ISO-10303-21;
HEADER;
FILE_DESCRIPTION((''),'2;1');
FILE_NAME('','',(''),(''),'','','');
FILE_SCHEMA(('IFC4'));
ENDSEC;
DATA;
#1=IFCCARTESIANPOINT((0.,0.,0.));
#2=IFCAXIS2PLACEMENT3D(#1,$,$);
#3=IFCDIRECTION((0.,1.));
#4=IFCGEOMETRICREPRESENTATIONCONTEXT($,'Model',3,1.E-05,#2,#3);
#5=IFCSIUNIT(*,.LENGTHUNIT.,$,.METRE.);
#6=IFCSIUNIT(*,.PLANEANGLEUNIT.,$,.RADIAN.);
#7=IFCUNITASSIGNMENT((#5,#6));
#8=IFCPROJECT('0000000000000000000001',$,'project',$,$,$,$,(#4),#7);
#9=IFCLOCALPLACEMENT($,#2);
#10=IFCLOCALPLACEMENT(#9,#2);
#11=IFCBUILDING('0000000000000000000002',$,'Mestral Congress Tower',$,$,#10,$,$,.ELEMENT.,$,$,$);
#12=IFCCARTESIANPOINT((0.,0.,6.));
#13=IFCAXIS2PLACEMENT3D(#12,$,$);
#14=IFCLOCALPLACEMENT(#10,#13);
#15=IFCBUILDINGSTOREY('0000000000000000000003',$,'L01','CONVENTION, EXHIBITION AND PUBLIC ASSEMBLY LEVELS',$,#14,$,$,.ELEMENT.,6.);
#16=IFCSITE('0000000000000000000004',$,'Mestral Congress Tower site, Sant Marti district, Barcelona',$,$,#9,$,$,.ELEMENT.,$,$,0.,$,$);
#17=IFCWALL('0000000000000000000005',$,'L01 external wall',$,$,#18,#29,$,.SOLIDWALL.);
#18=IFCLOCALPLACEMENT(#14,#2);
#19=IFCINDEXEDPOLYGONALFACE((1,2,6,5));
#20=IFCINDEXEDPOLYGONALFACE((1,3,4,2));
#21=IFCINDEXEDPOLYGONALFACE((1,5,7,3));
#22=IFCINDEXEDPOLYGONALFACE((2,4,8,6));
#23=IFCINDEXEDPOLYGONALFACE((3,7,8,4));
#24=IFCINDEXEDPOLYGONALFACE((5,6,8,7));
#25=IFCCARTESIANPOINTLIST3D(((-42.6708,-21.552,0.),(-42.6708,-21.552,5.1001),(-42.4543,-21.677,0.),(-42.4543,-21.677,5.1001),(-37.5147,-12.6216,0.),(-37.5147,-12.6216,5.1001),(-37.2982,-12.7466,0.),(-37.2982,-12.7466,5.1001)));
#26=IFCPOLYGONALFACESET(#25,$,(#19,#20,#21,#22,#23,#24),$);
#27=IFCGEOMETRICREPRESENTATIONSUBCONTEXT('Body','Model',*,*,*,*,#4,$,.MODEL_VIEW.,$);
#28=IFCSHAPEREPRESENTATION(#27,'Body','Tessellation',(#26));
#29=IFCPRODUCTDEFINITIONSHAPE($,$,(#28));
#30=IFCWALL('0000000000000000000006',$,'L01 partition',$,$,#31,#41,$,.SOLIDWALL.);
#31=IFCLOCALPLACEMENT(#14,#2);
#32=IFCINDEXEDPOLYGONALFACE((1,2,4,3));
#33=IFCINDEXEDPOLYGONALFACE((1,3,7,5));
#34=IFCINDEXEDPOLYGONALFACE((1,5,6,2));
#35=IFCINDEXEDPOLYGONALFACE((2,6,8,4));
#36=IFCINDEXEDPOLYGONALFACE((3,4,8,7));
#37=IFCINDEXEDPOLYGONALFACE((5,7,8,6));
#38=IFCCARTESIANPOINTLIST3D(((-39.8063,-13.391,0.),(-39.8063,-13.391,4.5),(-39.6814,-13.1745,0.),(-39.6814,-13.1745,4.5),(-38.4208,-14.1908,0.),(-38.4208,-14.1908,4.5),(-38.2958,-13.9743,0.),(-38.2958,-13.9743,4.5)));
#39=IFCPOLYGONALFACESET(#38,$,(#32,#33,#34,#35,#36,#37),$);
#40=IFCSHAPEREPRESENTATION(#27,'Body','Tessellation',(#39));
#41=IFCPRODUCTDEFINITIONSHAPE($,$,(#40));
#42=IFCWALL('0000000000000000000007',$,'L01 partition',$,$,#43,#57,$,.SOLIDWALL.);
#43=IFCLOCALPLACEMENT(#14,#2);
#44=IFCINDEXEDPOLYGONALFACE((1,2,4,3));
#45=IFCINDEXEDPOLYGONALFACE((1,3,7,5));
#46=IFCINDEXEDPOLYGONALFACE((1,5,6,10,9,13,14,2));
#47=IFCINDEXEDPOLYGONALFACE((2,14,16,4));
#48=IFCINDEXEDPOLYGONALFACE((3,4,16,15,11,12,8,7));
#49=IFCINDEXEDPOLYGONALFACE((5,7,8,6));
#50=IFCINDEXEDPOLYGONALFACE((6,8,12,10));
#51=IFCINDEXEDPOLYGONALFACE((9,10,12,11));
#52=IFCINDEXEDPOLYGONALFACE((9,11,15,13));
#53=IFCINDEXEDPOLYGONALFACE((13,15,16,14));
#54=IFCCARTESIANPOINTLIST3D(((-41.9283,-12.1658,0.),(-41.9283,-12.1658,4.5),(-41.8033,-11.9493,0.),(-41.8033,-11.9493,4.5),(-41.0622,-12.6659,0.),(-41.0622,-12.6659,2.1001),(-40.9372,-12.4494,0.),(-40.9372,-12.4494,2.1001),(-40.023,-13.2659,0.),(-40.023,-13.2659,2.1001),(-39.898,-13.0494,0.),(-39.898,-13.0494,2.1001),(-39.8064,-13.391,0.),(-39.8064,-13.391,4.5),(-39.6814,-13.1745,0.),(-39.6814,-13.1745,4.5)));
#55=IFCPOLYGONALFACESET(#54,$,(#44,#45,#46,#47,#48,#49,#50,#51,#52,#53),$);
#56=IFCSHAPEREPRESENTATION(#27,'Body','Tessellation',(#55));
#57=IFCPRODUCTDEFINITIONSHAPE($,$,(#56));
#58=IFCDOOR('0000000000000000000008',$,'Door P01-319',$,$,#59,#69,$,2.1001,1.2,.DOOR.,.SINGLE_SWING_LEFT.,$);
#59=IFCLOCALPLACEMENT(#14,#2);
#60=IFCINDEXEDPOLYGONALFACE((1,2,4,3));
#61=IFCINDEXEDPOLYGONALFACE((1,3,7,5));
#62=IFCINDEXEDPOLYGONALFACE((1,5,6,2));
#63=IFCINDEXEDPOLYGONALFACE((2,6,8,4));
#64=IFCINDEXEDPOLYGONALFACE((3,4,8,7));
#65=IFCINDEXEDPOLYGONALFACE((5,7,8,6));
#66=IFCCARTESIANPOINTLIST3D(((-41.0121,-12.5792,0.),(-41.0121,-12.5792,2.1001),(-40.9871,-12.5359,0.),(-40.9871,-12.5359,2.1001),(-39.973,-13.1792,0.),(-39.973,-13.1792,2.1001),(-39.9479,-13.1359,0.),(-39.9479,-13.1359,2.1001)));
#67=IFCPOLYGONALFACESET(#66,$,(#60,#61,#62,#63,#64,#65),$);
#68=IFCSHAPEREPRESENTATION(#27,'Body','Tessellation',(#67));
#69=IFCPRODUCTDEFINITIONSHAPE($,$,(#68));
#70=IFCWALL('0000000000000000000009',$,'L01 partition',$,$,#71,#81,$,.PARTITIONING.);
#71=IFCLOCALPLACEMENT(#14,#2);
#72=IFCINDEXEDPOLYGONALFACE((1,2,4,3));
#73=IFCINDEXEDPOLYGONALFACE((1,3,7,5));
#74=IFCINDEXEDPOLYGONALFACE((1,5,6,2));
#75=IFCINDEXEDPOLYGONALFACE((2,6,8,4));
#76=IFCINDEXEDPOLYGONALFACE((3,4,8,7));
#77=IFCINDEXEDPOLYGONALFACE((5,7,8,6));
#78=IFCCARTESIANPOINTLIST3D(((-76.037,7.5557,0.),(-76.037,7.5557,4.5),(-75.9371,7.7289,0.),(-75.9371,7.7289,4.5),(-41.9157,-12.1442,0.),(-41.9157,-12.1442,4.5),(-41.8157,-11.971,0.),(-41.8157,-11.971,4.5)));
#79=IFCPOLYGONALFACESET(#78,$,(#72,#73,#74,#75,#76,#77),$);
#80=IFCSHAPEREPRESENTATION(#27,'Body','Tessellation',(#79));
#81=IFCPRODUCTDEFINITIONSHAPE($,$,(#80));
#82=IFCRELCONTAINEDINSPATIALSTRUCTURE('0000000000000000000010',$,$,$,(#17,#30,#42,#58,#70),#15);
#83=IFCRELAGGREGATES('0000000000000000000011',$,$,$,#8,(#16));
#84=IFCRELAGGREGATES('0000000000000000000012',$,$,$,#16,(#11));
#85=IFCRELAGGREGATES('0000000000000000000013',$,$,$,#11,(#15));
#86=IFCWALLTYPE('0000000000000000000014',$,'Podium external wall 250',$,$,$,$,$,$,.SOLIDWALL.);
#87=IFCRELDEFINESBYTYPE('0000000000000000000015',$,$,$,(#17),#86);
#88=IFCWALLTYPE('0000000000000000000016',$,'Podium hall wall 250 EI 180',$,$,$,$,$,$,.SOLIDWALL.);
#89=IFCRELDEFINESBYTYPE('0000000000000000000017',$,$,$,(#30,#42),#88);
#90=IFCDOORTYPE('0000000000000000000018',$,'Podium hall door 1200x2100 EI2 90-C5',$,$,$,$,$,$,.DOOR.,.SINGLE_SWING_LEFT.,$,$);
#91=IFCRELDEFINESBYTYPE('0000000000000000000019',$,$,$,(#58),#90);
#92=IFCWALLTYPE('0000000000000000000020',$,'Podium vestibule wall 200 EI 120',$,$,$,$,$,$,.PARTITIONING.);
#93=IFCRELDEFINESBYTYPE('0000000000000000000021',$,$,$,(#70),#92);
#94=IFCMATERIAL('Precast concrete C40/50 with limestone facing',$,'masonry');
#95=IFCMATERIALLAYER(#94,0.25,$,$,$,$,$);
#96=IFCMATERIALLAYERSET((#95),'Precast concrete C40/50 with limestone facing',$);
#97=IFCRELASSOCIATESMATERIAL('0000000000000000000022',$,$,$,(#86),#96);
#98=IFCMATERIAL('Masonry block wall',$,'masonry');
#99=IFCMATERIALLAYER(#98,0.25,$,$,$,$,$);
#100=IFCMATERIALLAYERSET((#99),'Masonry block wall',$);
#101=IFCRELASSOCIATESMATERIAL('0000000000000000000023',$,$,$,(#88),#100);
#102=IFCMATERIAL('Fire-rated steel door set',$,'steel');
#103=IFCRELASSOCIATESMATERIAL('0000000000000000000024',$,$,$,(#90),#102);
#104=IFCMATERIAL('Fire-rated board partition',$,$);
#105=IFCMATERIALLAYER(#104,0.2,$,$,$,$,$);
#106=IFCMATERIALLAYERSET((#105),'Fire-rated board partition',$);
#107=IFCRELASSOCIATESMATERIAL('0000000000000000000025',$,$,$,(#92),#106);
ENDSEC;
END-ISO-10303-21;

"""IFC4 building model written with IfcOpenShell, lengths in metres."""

from ifc_helpers import new_model, si_unit, direction, frame, frame_2d, origin, place, context, subcontext, project, spatial, rectangle, extrude, material, layer, layer_set, type_object, element, fill, save


model = new_model("IFC4")

# Units and contexts
model_context = context("Model", 3, precision=1e-05, world=origin(), true_north=direction((0.0, 1.0)))
body_context = subcontext(model_context, "Body", "Model", "MODEL_VIEW")
ifc_project = project(units=[si_unit("LENGTHUNIT", "METRE"), si_unit("PLANEANGLEUNIT", "RADIAN")], contexts=[model_context])

# Site, building, storey
site_placement = place(None, origin())
site = spatial("IfcSite", under=ifc_project, at=site_placement, Name="Mestral Congress Tower site, Sant Marti district, Barcelona", CompositionType="ELEMENT", RefElevation=0.0)
building_placement = place(site_placement, origin())
building = spatial("IfcBuilding", under=site, at=building_placement, Name="Mestral Congress Tower", CompositionType="ELEMENT")
storey_placement = place(building_placement, frame((0.0, 0.0, 6.0)))
storey = spatial("IfcBuildingStorey", under=building, at=storey_placement, Name="L01", Description="CONVENTION, EXHIBITION AND PUBLIC ASSEMBLY LEVELS", CompositionType="ELEMENT", Elevation=6.0)

# Shared definitions
ifc_material_1 = material(Name="Precast concrete C40/50 with limestone facing", Category="masonry")
ifc_layer_1 = layer(ifc_material_1, 0.25)
ifc_layer_set_1 = layer_set([ifc_layer_1], Name="Precast concrete C40/50 with limestone facing")
wall_type_1 = type_object("IfcWallType", Name="Podium external wall 250", PredefinedType="SOLIDWALL", material=ifc_layer_set_1)

# Walls
wall_1_placement = place(storey_placement, frame((-37.4065, -12.6841, 0.0), z_axis=(0.0, 0.0, 1.0), x_axis=(-0.500002, -0.866024, 0.0)))
element("IfcWall", 1, at=wall_1_placement, inside=storey, type_object=wall_type_1, Name="L01 external wall", PredefinedType="SOLIDWALL", context=body_context, shape_type="SweptSolid", body=[
    extrude(rectangle(XDim=10.312, YDim=0.25, at=frame_2d((5.156, 0.0))), origin(), (0.0, 0.0, 1.0), 5.1001),
])
ifc_material_2 = material(Name="Masonry block wall", Category="masonry")
ifc_layer_2 = layer(ifc_material_2, 0.25)
ifc_layer_set_2 = layer_set([ifc_layer_2], Name="Masonry block wall")
wall_type_2 = type_object("IfcWallType", Name="Podium hall wall 250 EI 180", PredefinedType="SOLIDWALL", material=ifc_layer_set_2)
wall_2_placement = place(storey_placement, frame((-38.3584, -14.0825, 0.0), z_axis=(0.0, 0.0, 1.0), x_axis=(-0.866056, 0.499947, 0.0)))
element("IfcWall", 2, at=wall_2_placement, inside=storey, type_object=wall_type_2, Name="L01 partition", PredefinedType="SOLIDWALL", context=body_context, shape_type="SweptSolid", body=[
    extrude(rectangle(XDim=1.5999, YDim=0.25, at=frame_2d((0.7998, 0.0))), origin(), (0.0, 0.0, 1.0), 4.5),
])

# Wall, opening, door
wall_3_placement = place(storey_placement, frame((-39.7439, -13.2827, 0.0), z_axis=(0.0, 0.0, 1.0), x_axis=(-0.866015, 0.500019, 0.0)))
wall_3 = element("IfcWall", 3, at=wall_3_placement, inside=storey, type_object=wall_type_2, Name="L01 partition", PredefinedType="SOLIDWALL", context=body_context, shape_type="SweptSolid", body=[
    extrude(rectangle(XDim=2.4502, YDim=0.25, at=frame_2d((1.2251, 0.0))), origin(), (0.0, 0.0, 1.0), 4.5),
])
opening_1_placement = place(wall_3_placement, frame((0.25, 0.0, 0.0)))
opening_1 = element("IfcOpeningElement", 4, at=opening_1_placement, cuts=wall_3, PredefinedType="OPENING", context=body_context, shape_type="SweptSolid", body=[
    extrude(rectangle(XDim=1.2, YDim=2.1001, at=frame_2d((0.6001, 1.05))), frame((0.0, 0.135, 0.0), z_axis=(0.0, -1.0, 0.0), x_axis=(1.0, 0.0, 0.0)), (0.0, 0.0, 1.0), 0.27),
])
ifc_material_3 = material(Name="Fire-rated steel door set", Category="steel")
door_type = type_object("IfcDoorType", Name="Podium hall door 1200x2100 EI2 90-C5", OperationType="SINGLE_SWING_LEFT", PredefinedType="DOOR", material=ifc_material_3)
door_placement = place(opening_1_placement, origin())
door = element("IfcDoor", 5, at=door_placement, inside=storey, type_object=door_type, Name="Door P01-319", OperationType="SINGLE_SWING_LEFT", OverallHeight=2.1001, OverallWidth=1.2, PredefinedType="DOOR", context=body_context, shape_type="SweptSolid", body=[
    extrude(rectangle(XDim=1.2, YDim=2.1001, at=frame_2d((0.6001, 1.05))), frame((0.0, 0.0249, 0.0), z_axis=(0.0, -1.0, 0.0), x_axis=(1.0, 0.0, 0.0)), (0.0, 0.0, 1.0), 0.05),
])
fill(opening_1, door)

# Wall
ifc_material_4 = material(Name="Fire-rated board partition")
ifc_layer_3 = layer(ifc_material_4, 0.2)
ifc_layer_set_3 = layer_set([ifc_layer_3], Name="Fire-rated board partition")
wall_type_3 = type_object("IfcWallType", Name="Podium vestibule wall 200 EI 120", PredefinedType="PARTITIONING", material=ifc_layer_set_3)
wall_4_placement = place(storey_placement, frame((-41.8657, -12.0576, 0.0), z_axis=(0.0, 0.0, 1.0), x_axis=(-0.866026, 0.5, 0.0)))
element("IfcWall", 6, at=wall_4_placement, inside=storey, type_object=wall_type_3, Name="L01 partition", PredefinedType="PARTITIONING", context=body_context, shape_type="SweptSolid", body=[
    extrude(rectangle(XDim=39.3999, YDim=0.2, at=frame_2d((19.7, 0.0))), origin(), (0.0, 0.0, 1.0), 4.5),
])

save(model, "model.ifc")
